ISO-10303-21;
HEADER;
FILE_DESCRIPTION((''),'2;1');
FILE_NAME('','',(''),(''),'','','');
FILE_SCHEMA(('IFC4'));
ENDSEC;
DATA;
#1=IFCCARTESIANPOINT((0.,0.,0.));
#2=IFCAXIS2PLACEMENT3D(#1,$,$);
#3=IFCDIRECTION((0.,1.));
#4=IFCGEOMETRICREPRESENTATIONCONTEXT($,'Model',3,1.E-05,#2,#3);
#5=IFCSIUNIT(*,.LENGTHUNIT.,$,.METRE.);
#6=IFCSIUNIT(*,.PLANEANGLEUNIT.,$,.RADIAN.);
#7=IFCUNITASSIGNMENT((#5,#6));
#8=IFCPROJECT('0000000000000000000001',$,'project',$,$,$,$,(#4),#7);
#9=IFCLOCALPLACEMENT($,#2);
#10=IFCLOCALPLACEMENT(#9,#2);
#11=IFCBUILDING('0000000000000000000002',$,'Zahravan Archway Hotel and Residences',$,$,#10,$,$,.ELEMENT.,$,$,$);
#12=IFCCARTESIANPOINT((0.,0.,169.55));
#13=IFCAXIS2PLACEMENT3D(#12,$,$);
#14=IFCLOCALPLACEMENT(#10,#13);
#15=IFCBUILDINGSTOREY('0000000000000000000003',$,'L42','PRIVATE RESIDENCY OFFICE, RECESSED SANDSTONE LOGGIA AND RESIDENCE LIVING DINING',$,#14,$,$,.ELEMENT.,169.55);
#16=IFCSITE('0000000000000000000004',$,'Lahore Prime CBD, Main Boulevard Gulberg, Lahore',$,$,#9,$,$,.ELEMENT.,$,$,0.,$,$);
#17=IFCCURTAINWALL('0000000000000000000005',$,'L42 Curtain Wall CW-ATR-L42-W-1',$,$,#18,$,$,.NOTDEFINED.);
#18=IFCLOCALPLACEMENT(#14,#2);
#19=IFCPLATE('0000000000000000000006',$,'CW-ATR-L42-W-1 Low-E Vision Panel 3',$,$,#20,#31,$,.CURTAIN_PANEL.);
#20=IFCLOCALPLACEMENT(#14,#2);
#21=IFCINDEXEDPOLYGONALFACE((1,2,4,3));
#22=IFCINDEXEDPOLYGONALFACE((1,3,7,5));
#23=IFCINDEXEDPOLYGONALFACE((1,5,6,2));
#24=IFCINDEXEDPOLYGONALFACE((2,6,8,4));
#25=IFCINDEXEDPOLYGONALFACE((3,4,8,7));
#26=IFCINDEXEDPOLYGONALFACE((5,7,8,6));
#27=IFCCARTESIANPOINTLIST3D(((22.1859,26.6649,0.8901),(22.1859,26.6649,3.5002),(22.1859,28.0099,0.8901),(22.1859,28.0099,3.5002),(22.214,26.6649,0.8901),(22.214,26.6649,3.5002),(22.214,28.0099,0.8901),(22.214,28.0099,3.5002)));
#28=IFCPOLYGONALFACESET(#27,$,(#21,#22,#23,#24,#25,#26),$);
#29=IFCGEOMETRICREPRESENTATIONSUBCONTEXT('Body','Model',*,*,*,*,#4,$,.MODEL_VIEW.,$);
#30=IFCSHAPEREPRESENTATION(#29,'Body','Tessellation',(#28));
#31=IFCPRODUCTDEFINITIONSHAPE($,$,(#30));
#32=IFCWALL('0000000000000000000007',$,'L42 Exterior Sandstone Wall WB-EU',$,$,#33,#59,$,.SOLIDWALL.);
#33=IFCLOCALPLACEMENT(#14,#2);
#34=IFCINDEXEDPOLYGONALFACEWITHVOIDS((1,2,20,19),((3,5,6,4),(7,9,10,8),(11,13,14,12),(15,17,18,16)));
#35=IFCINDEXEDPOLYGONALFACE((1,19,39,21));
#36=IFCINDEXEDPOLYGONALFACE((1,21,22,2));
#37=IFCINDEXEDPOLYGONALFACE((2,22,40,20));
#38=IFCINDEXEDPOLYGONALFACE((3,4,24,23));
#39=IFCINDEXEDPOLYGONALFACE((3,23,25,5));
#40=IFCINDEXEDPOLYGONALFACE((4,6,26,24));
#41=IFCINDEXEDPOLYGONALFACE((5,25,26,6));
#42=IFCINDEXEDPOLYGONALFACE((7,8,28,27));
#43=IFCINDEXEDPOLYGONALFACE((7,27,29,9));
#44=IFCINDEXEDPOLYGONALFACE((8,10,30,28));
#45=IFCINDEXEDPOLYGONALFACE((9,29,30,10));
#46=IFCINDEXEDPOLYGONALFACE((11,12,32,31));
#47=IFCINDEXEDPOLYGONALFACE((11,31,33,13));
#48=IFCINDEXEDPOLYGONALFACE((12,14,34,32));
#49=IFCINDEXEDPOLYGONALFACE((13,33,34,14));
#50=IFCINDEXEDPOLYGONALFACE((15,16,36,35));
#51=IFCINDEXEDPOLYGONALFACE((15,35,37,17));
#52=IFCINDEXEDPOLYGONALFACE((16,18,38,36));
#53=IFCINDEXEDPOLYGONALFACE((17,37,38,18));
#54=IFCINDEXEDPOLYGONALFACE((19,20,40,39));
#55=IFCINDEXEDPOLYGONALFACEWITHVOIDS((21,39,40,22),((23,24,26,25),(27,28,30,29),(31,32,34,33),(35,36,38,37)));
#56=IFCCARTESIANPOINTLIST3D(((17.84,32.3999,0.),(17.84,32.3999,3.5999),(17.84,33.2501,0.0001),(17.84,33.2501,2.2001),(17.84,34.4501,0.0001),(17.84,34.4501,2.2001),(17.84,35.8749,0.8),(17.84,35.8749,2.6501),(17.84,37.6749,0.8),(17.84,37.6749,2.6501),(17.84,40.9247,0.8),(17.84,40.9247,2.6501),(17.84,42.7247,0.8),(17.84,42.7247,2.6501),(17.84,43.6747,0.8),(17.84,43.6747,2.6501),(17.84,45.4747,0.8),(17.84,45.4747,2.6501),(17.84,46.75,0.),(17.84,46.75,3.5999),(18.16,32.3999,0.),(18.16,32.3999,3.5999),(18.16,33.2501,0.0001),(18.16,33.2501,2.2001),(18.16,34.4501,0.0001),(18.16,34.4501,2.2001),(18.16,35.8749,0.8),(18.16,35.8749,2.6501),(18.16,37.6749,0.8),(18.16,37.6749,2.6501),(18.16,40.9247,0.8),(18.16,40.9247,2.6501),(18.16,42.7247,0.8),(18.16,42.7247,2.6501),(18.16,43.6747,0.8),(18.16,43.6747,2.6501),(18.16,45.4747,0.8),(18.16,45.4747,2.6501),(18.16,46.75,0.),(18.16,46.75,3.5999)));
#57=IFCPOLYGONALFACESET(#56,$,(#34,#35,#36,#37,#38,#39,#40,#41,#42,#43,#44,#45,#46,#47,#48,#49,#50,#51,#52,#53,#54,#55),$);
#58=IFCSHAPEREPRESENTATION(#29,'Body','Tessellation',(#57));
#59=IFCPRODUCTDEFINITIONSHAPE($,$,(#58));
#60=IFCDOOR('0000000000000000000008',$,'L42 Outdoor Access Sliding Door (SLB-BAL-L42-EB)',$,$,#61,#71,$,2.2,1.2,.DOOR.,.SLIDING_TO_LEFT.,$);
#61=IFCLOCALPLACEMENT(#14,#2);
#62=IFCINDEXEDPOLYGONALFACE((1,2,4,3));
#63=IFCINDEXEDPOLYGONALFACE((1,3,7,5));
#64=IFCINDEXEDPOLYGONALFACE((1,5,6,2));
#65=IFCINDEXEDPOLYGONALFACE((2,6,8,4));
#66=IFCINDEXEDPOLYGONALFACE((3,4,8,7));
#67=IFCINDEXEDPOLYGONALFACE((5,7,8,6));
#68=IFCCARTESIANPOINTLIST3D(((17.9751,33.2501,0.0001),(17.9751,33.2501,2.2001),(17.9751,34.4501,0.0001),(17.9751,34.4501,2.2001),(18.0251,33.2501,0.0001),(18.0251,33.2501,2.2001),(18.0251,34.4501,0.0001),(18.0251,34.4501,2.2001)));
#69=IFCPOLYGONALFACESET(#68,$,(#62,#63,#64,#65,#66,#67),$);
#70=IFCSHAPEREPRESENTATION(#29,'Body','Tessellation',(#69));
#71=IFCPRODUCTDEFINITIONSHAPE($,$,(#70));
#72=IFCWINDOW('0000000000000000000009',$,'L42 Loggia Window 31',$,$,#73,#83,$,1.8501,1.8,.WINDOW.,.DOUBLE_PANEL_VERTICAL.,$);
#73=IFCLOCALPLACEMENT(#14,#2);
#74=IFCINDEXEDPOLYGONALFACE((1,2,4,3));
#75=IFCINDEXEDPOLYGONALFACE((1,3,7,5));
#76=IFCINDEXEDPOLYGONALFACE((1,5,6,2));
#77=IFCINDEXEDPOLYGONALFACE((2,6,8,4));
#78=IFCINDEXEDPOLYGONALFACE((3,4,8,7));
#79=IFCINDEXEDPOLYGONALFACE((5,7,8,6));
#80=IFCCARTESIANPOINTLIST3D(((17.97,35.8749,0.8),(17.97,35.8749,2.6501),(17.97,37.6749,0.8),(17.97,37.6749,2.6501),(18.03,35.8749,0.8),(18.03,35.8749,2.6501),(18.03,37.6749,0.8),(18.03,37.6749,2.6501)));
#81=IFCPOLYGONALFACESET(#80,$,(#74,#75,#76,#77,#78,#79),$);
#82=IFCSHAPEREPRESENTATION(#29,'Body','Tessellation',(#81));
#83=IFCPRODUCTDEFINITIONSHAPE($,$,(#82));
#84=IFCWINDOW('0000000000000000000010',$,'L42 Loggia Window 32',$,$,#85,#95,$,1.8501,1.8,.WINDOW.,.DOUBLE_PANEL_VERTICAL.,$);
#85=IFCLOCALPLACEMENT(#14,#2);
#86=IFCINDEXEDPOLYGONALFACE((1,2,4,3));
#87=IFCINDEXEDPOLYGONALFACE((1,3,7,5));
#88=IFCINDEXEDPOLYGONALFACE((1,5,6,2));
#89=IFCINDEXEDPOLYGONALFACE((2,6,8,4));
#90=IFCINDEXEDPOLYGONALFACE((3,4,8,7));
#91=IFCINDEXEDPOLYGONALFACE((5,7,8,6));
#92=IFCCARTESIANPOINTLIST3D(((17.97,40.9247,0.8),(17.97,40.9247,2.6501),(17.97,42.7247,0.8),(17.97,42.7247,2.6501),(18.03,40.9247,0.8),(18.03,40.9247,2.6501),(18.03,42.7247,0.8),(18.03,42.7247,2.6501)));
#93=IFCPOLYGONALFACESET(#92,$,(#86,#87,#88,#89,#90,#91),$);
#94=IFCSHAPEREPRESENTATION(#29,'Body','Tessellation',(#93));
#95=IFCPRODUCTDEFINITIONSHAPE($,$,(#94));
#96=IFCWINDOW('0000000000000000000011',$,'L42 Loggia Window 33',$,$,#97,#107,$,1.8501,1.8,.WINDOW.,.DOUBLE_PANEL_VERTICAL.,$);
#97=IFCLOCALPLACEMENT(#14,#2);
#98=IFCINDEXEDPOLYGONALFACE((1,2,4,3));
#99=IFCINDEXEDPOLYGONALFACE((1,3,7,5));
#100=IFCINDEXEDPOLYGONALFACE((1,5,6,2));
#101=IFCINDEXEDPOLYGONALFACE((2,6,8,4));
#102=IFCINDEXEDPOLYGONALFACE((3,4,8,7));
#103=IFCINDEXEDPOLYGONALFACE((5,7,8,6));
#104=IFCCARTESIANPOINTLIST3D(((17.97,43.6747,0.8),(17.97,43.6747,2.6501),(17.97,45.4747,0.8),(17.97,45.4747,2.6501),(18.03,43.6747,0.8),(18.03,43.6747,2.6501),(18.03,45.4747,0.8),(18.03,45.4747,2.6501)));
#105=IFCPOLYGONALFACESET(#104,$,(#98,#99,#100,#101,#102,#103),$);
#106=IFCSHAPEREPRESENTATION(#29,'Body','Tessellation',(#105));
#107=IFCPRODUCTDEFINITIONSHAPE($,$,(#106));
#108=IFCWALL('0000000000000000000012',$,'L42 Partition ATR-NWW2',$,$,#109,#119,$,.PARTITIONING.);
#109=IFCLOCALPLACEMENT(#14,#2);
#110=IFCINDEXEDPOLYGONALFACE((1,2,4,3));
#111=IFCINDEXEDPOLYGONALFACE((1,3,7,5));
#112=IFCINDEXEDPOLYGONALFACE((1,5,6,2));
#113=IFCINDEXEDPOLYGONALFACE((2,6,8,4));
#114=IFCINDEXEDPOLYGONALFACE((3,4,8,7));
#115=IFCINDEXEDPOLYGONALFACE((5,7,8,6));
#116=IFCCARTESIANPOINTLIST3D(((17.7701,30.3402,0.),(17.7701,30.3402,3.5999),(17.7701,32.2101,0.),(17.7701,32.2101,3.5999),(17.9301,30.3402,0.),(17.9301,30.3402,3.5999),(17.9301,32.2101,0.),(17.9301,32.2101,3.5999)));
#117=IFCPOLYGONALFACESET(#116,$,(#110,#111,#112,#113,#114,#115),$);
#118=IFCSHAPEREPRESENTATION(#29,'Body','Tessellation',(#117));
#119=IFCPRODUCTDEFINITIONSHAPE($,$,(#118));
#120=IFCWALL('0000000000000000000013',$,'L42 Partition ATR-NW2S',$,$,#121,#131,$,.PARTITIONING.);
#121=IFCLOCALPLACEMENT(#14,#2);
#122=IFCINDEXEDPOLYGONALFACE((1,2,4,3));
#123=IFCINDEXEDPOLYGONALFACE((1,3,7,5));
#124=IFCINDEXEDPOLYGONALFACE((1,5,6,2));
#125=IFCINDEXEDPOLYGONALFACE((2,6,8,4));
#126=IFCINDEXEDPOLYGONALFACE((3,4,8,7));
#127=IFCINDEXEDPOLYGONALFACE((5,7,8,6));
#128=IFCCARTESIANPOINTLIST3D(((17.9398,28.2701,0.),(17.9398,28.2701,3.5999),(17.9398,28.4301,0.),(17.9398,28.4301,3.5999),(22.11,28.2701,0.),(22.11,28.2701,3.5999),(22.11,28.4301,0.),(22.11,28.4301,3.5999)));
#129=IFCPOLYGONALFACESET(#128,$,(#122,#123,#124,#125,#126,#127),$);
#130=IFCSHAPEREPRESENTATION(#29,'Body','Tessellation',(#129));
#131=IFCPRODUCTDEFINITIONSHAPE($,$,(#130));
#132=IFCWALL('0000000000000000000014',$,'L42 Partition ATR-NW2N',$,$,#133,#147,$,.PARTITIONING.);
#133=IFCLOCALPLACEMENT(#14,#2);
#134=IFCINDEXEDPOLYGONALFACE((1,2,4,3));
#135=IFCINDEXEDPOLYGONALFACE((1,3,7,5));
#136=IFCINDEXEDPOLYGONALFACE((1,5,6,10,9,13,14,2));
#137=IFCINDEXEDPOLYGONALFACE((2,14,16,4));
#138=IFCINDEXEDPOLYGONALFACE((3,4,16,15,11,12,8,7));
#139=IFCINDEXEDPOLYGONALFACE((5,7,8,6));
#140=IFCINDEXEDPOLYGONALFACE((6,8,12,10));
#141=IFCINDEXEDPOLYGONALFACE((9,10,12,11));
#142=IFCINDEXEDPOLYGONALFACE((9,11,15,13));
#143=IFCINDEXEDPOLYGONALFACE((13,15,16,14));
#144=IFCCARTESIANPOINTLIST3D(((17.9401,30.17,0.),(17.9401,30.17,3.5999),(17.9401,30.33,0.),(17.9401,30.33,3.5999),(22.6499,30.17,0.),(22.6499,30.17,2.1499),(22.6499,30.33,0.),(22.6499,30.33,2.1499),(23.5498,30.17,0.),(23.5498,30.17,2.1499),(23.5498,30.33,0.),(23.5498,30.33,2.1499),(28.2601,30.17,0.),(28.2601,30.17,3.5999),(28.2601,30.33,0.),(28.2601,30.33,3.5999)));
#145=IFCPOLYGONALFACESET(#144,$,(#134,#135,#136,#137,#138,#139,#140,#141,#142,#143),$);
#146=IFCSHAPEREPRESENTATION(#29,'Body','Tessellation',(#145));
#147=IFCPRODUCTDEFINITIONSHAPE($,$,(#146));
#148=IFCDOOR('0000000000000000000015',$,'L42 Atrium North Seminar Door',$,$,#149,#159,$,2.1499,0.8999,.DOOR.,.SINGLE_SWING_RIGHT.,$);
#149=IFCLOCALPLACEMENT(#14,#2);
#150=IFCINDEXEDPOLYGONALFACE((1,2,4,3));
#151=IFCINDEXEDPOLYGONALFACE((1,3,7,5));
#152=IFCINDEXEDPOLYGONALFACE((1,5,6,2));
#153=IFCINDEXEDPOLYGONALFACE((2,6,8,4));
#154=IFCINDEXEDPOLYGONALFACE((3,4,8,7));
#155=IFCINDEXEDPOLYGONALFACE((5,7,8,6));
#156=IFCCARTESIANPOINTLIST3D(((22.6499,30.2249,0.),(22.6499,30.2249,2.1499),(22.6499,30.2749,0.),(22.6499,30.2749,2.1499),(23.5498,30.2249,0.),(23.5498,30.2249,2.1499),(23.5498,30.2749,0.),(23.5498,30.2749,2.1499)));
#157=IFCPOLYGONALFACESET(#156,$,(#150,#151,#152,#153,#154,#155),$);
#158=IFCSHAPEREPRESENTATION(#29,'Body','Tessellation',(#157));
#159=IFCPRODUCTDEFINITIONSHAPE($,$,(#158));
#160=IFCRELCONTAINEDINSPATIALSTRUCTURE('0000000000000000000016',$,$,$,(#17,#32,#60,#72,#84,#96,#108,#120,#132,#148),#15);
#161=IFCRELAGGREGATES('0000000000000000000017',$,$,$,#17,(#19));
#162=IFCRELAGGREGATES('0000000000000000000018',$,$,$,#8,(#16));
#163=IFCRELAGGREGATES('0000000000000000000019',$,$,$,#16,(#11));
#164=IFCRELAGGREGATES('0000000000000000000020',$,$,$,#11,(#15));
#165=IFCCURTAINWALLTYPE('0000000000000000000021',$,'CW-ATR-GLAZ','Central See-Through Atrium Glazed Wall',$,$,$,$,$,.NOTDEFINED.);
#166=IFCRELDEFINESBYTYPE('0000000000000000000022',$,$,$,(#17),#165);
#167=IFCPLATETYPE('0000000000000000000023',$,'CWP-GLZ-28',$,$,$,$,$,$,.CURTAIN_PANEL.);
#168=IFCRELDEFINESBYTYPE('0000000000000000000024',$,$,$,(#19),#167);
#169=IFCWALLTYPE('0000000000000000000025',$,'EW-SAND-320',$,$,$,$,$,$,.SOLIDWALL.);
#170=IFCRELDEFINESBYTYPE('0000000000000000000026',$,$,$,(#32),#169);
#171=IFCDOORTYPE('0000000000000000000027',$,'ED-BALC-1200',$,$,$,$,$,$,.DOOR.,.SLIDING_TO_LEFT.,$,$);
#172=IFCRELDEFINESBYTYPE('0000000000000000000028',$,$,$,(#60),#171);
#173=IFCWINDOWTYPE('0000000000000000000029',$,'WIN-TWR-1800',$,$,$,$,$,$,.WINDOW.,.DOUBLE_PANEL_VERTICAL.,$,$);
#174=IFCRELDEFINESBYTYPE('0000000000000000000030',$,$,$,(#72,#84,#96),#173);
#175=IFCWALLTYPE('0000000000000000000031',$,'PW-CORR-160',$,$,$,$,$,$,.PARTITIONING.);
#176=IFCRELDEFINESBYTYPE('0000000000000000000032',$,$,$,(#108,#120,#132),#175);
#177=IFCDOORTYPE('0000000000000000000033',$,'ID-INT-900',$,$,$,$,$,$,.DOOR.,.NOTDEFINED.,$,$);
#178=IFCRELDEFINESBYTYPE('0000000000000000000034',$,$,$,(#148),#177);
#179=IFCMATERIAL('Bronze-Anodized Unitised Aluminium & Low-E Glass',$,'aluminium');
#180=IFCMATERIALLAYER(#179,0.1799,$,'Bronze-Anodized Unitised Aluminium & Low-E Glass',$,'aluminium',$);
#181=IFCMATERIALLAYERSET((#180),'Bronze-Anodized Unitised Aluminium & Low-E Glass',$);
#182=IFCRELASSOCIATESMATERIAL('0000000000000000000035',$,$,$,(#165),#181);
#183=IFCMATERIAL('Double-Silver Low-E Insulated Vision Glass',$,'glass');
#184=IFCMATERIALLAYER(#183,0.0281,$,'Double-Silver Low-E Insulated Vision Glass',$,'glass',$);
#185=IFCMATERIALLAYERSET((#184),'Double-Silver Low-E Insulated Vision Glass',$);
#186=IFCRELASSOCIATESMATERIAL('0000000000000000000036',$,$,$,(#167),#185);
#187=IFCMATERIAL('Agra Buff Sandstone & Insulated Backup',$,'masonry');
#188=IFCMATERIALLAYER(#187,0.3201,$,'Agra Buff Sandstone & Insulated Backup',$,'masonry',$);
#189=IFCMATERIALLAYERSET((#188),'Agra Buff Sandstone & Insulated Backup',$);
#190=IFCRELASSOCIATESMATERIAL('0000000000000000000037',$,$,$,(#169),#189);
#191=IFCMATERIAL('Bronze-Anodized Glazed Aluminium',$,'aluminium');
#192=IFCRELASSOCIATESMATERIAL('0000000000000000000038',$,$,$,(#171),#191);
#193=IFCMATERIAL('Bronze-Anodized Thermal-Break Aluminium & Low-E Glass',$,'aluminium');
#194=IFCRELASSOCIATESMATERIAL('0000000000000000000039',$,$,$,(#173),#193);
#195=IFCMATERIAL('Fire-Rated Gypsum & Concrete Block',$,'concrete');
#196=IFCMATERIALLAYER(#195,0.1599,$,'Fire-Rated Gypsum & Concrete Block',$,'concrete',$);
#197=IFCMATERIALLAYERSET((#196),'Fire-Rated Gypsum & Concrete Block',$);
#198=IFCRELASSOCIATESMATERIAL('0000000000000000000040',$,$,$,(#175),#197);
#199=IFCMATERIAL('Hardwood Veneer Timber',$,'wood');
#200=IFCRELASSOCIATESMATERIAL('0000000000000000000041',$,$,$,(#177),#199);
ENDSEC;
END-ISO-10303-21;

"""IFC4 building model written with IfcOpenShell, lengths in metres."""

from ifc_helpers import new_model, si_unit, direction, frame, frame_2d, origin, origin_2d, place, context, subcontext, project, spatial, rectangle, extrude, source, transform, mapped, material, layer, layer_set, type_object, type_shapes, element, fill, aggregate, save


model = new_model("IFC4")

# Units and contexts
model_context = context("Model", 3, precision=1e-05, world=origin(), true_north=direction((0.0, 1.0)))
body_context = subcontext(model_context, "Body", "Model", "MODEL_VIEW")
ifc_project = project(units=[si_unit("LENGTHUNIT", "METRE"), si_unit("PLANEANGLEUNIT", "RADIAN")], contexts=[model_context])

# Site, building, storey
site_placement = place(None, origin())
site = spatial("IfcSite", under=ifc_project, at=site_placement, Name="Lahore Prime CBD, Main Boulevard Gulberg, Lahore", CompositionType="ELEMENT", RefElevation=0.0)
building_placement = place(site_placement, origin())
building = spatial("IfcBuilding", under=site, at=building_placement, Name="Zahravan Archway Hotel and Residences", CompositionType="ELEMENT")
storey_placement = place(building_placement, frame((0.0, 0.0, 169.55)))
storey = spatial("IfcBuildingStorey", under=building, at=storey_placement, Name="L42", Description="PRIVATE RESIDENCY OFFICE, RECESSED SANDSTONE LOGGIA AND RESIDENCE LIVING DINING", CompositionType="ELEMENT", Elevation=169.55)

# Curtain wall
ifc_material_1 = material(Name="Bronze-Anodized Unitised Aluminium & Low-E Glass", Category="aluminium")
ifc_layer_1 = layer(ifc_material_1, 0.1799, Name="Bronze-Anodized Unitised Aluminium & Low-E Glass", Category="aluminium")
ifc_layer_set_1 = layer_set([ifc_layer_1], Name="Bronze-Anodized Unitised Aluminium & Low-E Glass")
curtain_wall_type = type_object("IfcCurtainWallType", Name="CW-ATR-GLAZ", Description="Central See-Through Atrium Glazed Wall", PredefinedType="NOTDEFINED", material=ifc_layer_set_1)
curtain_wall_1_placement = place(storey_placement, origin())
curtain_wall_1 = element("IfcCurtainWall", 1, at=curtain_wall_1_placement, inside=storey, type_object=curtain_wall_type, Name="L42 Curtain Wall CW-ATR-L42-W-1", PredefinedType="NOTDEFINED")

# Plate
ifc_material_2 = material(Name="Double-Silver Low-E Insulated Vision Glass", Category="glass")
ifc_layer_2 = layer(ifc_material_2, 0.0281, Name="Double-Silver Low-E Insulated Vision Glass", Category="glass")
ifc_layer_set_2 = layer_set([ifc_layer_2], Name="Double-Silver Low-E Insulated Vision Glass")
plate_type_1 = type_object("IfcPlateType", Name="CWP-GLZ-28", PredefinedType="CURTAIN_PANEL", material=ifc_layer_set_2)
shared_shape_1 = source(origin(), body_context, "Body", "SweptSolid", [
    extrude(rectangle(XDim=1.345, YDim=0.0281, at=origin_2d()), origin(), (0.0, 0.0, 1.0), 2.6101),
])
plate_1_placement = place(storey_placement, frame((22.2, 27.3374, 0.8901), z_axis=(0.0, 0.0, 1.0), x_axis=(0.0, 1.0, 0.0)))
plate_1 = element("IfcPlate", 2, at=plate_1_placement, type_object=plate_type_1, Name="CW-ATR-L42-W-1 Low-E Vision Panel 3", PredefinedType="CURTAIN_PANEL", context=body_context, shape_type="MappedRepresentation", body=[
    mapped(shared_shape_1, transform((0.0, 0.0, 0.0), scale=1.0)),
])
aggregate(curtain_wall_1, [plate_1])

# Wall, openings, door, windows
ifc_material_3 = material(Name="Agra Buff Sandstone & Insulated Backup", Category="masonry")
ifc_layer_3 = layer(ifc_material_3, 0.3201, Name="Agra Buff Sandstone & Insulated Backup", Category="masonry")
ifc_layer_set_3 = layer_set([ifc_layer_3], Name="Agra Buff Sandstone & Insulated Backup")
wall_type_1 = type_object("IfcWallType", Name="EW-SAND-320", PredefinedType="SOLIDWALL", material=ifc_layer_set_3)
wall_1_placement = place(storey_placement, frame((18.0, 32.3999, 0.0), z_axis=(0.0, 0.0, 1.0), x_axis=(0.0, 1.0, 0.0)))
wall_1 = element("IfcWall", 3, at=wall_1_placement, inside=storey, type_object=wall_type_1, Name="L42 Exterior Sandstone Wall WB-EU", PredefinedType="SOLIDWALL", context=body_context, shape_type="SweptSolid", body=[
    extrude(rectangle(XDim=14.3501, YDim=0.3201, at=frame_2d((7.175, 0.0))), origin(), (0.0, 0.0, 1.0), 3.5999),
])
opening_1_placement = place(wall_1_placement, frame((0.8501, 0.0, 0.0)))
opening_1 = element("IfcOpeningElement", 4, at=opening_1_placement, cuts=wall_1, PredefinedType="OPENING", context=body_context, shape_type="SweptSolid", body=[
    extrude(rectangle(XDim=1.2, YDim=2.2, at=frame_2d((0.6001, 1.1001))), frame((0.0, 0.1699, 0.0), z_axis=(0.0, -1.0, 0.0), x_axis=(1.0, 0.0, 0.0)), (0.0, 0.0, 1.0), 0.3401),
])
opening_2_placement = place(wall_1_placement, frame((3.4751, 0.0, 0.8)))
opening_2 = element("IfcOpeningElement", 5, at=opening_2_placement, cuts=wall_1, PredefinedType="OPENING", context=body_context, shape_type="SweptSolid", body=[
    extrude(rectangle(XDim=1.8, YDim=1.8501, at=frame_2d((0.8999, 0.925))), frame((0.0, 0.1699, 0.0), z_axis=(0.0, -1.0, 0.0), x_axis=(1.0, 0.0, 0.0)), (0.0, 0.0, 1.0), 0.3401),
])
opening_3_placement = place(wall_1_placement, frame((8.5249, 0.0, 0.8)))
opening_3 = element("IfcOpeningElement", 6, at=opening_3_placement, cuts=wall_1, PredefinedType="OPENING", context=body_context, shape_type="SweptSolid", body=[
    extrude(rectangle(XDim=1.8, YDim=1.8501, at=frame_2d((0.8999, 0.925))), frame((0.0, 0.1699, 0.0), z_axis=(0.0, -1.0, 0.0), x_axis=(1.0, 0.0, 0.0)), (0.0, 0.0, 1.0), 0.3401),
])
opening_4_placement = place(wall_1_placement, frame((11.2749, 0.0, 0.8)))
opening_4 = element("IfcOpeningElement", 7, at=opening_4_placement, cuts=wall_1, PredefinedType="OPENING", context=body_context, shape_type="SweptSolid", body=[
    extrude(rectangle(XDim=1.8, YDim=1.8501, at=frame_2d((0.8999, 0.925))), frame((0.0, 0.1699, 0.0), z_axis=(0.0, -1.0, 0.0), x_axis=(1.0, 0.0, 0.0)), (0.0, 0.0, 1.0), 0.3401),
])
ifc_material_4 = material(Name="Bronze-Anodized Glazed Aluminium", Category="aluminium")
door_type_1 = type_object("IfcDoorType", Name="ED-BALC-1200", OperationType="SLIDING_TO_LEFT", PredefinedType="DOOR", material=ifc_material_4)
shared_shape_2 = source(origin(), body_context, "Body", "SweptSolid", [
    extrude(rectangle(XDim=1.2, YDim=2.2, at=frame_2d((0.6001, 1.1001))), frame((0.0, 0.0249, 0.0), z_axis=(0.0, -1.0, 0.0), x_axis=(1.0, 0.0, 0.0)), (0.0, 0.0, 1.0), 0.05),
])
type_shapes(door_type_1, [shared_shape_2])
door_1_placement = place(opening_1_placement, origin())
door_1 = element("IfcDoor", 8, at=door_1_placement, inside=storey, type_object=door_type_1, Name="L42 Outdoor Access Sliding Door (SLB-BAL-L42-EB)", OperationType="SLIDING_TO_LEFT", OverallHeight=2.2, OverallWidth=1.2, PredefinedType="DOOR", context=body_context, shape_type="MappedRepresentation", body=[
    mapped(shared_shape_2, transform((0.0, 0.0, 0.0), scale=1.0)),
])
fill(opening_1, door_1)
ifc_material_5 = material(Name="Bronze-Anodized Thermal-Break Aluminium & Low-E Glass", Category="aluminium")
window_type = type_object("IfcWindowType", Name="WIN-TWR-1800", PartitioningType="DOUBLE_PANEL_VERTICAL", PredefinedType="WINDOW", material=ifc_material_5)
shared_shape_3 = source(origin(), body_context, "Body", "SweptSolid", [
    extrude(rectangle(XDim=1.8, YDim=1.8501, at=frame_2d((0.8999, 0.925))), frame((0.0, 0.03, 0.0), z_axis=(0.0, -1.0, 0.0), x_axis=(1.0, 0.0, 0.0)), (0.0, 0.0, 1.0), 0.0601),
])
type_shapes(window_type, [shared_shape_3])
window_1_placement = place(opening_2_placement, origin())
window_1 = element("IfcWindow", 9, at=window_1_placement, inside=storey, type_object=window_type, Name="L42 Loggia Window 31", OverallHeight=1.8501, OverallWidth=1.8, PartitioningType="DOUBLE_PANEL_VERTICAL", PredefinedType="WINDOW", context=body_context, shape_type="MappedRepresentation", body=[
    mapped(shared_shape_3, transform((0.0, 0.0, 0.0), scale=1.0)),
])
fill(opening_2, window_1)
window_2_placement = place(opening_3_placement, origin())
window_2 = element("IfcWindow", 10, at=window_2_placement, inside=storey, type_object=window_type, Name="L42 Loggia Window 32", OverallHeight=1.8501, OverallWidth=1.8, PartitioningType="DOUBLE_PANEL_VERTICAL", PredefinedType="WINDOW", context=body_context, shape_type="MappedRepresentation", body=[
    mapped(shared_shape_3, transform((0.0, 0.0, 0.0), scale=1.0)),
])
fill(opening_3, window_2)
window_3_placement = place(opening_4_placement, origin())
window_3 = element("IfcWindow", 11, at=window_3_placement, inside=storey, type_object=window_type, Name="L42 Loggia Window 33", OverallHeight=1.8501, OverallWidth=1.8, PartitioningType="DOUBLE_PANEL_VERTICAL", PredefinedType="WINDOW", context=body_context, shape_type="MappedRepresentation", body=[
    mapped(shared_shape_3, transform((0.0, 0.0, 0.0), scale=1.0)),
])
fill(opening_4, window_3)

# Walls
ifc_material_6 = material(Name="Fire-Rated Gypsum & Concrete Block", Category="concrete")
ifc_layer_4 = layer(ifc_material_6, 0.1599, Name="Fire-Rated Gypsum & Concrete Block", Category="concrete")
ifc_layer_set_4 = layer_set([ifc_layer_4], Name="Fire-Rated Gypsum & Concrete Block")
wall_type_2 = type_object("IfcWallType", Name="PW-CORR-160", PredefinedType="PARTITIONING", material=ifc_layer_set_4)
wall_2_placement = place(storey_placement, frame((17.8501, 30.3401, 0.0), z_axis=(0.0, 0.0, 1.0), x_axis=(0.0, 1.0, 0.0)))
element("IfcWall", 12, at=wall_2_placement, inside=storey, type_object=wall_type_2, Name="L42 Partition ATR-NWW2", PredefinedType="PARTITIONING", context=body_context, shape_type="SweptSolid", body=[
    extrude(rectangle(XDim=1.8699, YDim=0.1599, at=frame_2d((0.9351, 0.0))), origin(), (0.0, 0.0, 1.0), 3.5999),
])
wall_3_placement = place(storey_placement, frame((17.9399, 28.3501, 0.0), z_axis=(0.0, 0.0, 1.0), x_axis=(1.0, 0.0, 0.0)))
element("IfcWall", 13, at=wall_3_placement, inside=storey, type_object=wall_type_2, Name="L42 Partition ATR-NW2S", PredefinedType="PARTITIONING", context=body_context, shape_type="SweptSolid", body=[
    extrude(rectangle(XDim=4.1702, YDim=0.1599, at=frame_2d((2.085, 0.0))), origin(), (0.0, 0.0, 1.0), 3.5999),
])

# Wall, opening, door
wall_4_placement = place(storey_placement, frame((17.9399, 30.25, 0.0), z_axis=(0.0, 0.0, 1.0), x_axis=(1.0, 0.0, 0.0)))
wall_4 = element("IfcWall", 14, at=wall_4_placement, inside=storey, type_object=wall_type_2, Name="L42 Partition ATR-NW2N", PredefinedType="PARTITIONING", context=body_context, shape_type="SweptSolid", body=[
    extrude(rectangle(XDim=10.3201, YDim=0.1599, at=frame_2d((5.1602, 0.0))), origin(), (0.0, 0.0, 1.0), 3.5999),
])
opening_5_placement = place(wall_4_placement, frame((4.71, 0.0, 0.0)))
opening_5 = element("IfcOpeningElement", 15, at=opening_5_placement, cuts=wall_4, PredefinedType="OPENING", context=body_context, shape_type="SweptSolid", body=[
    extrude(rectangle(XDim=0.8999, YDim=2.1499, at=frame_2d((0.45, 1.075))), frame((0.0, 0.0898, 0.0), z_axis=(0.0, -1.0, 0.0), x_axis=(1.0, 0.0, 0.0)), (0.0, 0.0, 1.0), 0.1799),
])
ifc_material_7 = material(Name="Hardwood Veneer Timber", Category="wood")
door_type_2 = type_object("IfcDoorType", Name="ID-INT-900", OperationType="NOTDEFINED", PredefinedType="DOOR", material=ifc_material_7)
shared_shape_4 = source(origin(), body_context, "Body", "SweptSolid", [
    extrude(rectangle(XDim=0.8999, YDim=2.1499, at=frame_2d((0.45, 1.075))), frame((0.0, 0.0249, 0.0), z_axis=(0.0, -1.0, 0.0), x_axis=(1.0, 0.0, 0.0)), (0.0, 0.0, 1.0), 0.05),
])
type_shapes(door_type_2, [shared_shape_4])
door_2_placement = place(opening_5_placement, origin())
door_2 = element("IfcDoor", 16, at=door_2_placement, inside=storey, type_object=door_type_2, Name="L42 Atrium North Seminar Door", OperationType="SINGLE_SWING_RIGHT", OverallHeight=2.1499, OverallWidth=0.8999, PredefinedType="DOOR", context=body_context, shape_type="MappedRepresentation", body=[
    mapped(shared_shape_4, transform((0.0, 0.0, 0.0), scale=1.0)),
])
fill(opening_5, door_2)

save(model, "model.ifc")
